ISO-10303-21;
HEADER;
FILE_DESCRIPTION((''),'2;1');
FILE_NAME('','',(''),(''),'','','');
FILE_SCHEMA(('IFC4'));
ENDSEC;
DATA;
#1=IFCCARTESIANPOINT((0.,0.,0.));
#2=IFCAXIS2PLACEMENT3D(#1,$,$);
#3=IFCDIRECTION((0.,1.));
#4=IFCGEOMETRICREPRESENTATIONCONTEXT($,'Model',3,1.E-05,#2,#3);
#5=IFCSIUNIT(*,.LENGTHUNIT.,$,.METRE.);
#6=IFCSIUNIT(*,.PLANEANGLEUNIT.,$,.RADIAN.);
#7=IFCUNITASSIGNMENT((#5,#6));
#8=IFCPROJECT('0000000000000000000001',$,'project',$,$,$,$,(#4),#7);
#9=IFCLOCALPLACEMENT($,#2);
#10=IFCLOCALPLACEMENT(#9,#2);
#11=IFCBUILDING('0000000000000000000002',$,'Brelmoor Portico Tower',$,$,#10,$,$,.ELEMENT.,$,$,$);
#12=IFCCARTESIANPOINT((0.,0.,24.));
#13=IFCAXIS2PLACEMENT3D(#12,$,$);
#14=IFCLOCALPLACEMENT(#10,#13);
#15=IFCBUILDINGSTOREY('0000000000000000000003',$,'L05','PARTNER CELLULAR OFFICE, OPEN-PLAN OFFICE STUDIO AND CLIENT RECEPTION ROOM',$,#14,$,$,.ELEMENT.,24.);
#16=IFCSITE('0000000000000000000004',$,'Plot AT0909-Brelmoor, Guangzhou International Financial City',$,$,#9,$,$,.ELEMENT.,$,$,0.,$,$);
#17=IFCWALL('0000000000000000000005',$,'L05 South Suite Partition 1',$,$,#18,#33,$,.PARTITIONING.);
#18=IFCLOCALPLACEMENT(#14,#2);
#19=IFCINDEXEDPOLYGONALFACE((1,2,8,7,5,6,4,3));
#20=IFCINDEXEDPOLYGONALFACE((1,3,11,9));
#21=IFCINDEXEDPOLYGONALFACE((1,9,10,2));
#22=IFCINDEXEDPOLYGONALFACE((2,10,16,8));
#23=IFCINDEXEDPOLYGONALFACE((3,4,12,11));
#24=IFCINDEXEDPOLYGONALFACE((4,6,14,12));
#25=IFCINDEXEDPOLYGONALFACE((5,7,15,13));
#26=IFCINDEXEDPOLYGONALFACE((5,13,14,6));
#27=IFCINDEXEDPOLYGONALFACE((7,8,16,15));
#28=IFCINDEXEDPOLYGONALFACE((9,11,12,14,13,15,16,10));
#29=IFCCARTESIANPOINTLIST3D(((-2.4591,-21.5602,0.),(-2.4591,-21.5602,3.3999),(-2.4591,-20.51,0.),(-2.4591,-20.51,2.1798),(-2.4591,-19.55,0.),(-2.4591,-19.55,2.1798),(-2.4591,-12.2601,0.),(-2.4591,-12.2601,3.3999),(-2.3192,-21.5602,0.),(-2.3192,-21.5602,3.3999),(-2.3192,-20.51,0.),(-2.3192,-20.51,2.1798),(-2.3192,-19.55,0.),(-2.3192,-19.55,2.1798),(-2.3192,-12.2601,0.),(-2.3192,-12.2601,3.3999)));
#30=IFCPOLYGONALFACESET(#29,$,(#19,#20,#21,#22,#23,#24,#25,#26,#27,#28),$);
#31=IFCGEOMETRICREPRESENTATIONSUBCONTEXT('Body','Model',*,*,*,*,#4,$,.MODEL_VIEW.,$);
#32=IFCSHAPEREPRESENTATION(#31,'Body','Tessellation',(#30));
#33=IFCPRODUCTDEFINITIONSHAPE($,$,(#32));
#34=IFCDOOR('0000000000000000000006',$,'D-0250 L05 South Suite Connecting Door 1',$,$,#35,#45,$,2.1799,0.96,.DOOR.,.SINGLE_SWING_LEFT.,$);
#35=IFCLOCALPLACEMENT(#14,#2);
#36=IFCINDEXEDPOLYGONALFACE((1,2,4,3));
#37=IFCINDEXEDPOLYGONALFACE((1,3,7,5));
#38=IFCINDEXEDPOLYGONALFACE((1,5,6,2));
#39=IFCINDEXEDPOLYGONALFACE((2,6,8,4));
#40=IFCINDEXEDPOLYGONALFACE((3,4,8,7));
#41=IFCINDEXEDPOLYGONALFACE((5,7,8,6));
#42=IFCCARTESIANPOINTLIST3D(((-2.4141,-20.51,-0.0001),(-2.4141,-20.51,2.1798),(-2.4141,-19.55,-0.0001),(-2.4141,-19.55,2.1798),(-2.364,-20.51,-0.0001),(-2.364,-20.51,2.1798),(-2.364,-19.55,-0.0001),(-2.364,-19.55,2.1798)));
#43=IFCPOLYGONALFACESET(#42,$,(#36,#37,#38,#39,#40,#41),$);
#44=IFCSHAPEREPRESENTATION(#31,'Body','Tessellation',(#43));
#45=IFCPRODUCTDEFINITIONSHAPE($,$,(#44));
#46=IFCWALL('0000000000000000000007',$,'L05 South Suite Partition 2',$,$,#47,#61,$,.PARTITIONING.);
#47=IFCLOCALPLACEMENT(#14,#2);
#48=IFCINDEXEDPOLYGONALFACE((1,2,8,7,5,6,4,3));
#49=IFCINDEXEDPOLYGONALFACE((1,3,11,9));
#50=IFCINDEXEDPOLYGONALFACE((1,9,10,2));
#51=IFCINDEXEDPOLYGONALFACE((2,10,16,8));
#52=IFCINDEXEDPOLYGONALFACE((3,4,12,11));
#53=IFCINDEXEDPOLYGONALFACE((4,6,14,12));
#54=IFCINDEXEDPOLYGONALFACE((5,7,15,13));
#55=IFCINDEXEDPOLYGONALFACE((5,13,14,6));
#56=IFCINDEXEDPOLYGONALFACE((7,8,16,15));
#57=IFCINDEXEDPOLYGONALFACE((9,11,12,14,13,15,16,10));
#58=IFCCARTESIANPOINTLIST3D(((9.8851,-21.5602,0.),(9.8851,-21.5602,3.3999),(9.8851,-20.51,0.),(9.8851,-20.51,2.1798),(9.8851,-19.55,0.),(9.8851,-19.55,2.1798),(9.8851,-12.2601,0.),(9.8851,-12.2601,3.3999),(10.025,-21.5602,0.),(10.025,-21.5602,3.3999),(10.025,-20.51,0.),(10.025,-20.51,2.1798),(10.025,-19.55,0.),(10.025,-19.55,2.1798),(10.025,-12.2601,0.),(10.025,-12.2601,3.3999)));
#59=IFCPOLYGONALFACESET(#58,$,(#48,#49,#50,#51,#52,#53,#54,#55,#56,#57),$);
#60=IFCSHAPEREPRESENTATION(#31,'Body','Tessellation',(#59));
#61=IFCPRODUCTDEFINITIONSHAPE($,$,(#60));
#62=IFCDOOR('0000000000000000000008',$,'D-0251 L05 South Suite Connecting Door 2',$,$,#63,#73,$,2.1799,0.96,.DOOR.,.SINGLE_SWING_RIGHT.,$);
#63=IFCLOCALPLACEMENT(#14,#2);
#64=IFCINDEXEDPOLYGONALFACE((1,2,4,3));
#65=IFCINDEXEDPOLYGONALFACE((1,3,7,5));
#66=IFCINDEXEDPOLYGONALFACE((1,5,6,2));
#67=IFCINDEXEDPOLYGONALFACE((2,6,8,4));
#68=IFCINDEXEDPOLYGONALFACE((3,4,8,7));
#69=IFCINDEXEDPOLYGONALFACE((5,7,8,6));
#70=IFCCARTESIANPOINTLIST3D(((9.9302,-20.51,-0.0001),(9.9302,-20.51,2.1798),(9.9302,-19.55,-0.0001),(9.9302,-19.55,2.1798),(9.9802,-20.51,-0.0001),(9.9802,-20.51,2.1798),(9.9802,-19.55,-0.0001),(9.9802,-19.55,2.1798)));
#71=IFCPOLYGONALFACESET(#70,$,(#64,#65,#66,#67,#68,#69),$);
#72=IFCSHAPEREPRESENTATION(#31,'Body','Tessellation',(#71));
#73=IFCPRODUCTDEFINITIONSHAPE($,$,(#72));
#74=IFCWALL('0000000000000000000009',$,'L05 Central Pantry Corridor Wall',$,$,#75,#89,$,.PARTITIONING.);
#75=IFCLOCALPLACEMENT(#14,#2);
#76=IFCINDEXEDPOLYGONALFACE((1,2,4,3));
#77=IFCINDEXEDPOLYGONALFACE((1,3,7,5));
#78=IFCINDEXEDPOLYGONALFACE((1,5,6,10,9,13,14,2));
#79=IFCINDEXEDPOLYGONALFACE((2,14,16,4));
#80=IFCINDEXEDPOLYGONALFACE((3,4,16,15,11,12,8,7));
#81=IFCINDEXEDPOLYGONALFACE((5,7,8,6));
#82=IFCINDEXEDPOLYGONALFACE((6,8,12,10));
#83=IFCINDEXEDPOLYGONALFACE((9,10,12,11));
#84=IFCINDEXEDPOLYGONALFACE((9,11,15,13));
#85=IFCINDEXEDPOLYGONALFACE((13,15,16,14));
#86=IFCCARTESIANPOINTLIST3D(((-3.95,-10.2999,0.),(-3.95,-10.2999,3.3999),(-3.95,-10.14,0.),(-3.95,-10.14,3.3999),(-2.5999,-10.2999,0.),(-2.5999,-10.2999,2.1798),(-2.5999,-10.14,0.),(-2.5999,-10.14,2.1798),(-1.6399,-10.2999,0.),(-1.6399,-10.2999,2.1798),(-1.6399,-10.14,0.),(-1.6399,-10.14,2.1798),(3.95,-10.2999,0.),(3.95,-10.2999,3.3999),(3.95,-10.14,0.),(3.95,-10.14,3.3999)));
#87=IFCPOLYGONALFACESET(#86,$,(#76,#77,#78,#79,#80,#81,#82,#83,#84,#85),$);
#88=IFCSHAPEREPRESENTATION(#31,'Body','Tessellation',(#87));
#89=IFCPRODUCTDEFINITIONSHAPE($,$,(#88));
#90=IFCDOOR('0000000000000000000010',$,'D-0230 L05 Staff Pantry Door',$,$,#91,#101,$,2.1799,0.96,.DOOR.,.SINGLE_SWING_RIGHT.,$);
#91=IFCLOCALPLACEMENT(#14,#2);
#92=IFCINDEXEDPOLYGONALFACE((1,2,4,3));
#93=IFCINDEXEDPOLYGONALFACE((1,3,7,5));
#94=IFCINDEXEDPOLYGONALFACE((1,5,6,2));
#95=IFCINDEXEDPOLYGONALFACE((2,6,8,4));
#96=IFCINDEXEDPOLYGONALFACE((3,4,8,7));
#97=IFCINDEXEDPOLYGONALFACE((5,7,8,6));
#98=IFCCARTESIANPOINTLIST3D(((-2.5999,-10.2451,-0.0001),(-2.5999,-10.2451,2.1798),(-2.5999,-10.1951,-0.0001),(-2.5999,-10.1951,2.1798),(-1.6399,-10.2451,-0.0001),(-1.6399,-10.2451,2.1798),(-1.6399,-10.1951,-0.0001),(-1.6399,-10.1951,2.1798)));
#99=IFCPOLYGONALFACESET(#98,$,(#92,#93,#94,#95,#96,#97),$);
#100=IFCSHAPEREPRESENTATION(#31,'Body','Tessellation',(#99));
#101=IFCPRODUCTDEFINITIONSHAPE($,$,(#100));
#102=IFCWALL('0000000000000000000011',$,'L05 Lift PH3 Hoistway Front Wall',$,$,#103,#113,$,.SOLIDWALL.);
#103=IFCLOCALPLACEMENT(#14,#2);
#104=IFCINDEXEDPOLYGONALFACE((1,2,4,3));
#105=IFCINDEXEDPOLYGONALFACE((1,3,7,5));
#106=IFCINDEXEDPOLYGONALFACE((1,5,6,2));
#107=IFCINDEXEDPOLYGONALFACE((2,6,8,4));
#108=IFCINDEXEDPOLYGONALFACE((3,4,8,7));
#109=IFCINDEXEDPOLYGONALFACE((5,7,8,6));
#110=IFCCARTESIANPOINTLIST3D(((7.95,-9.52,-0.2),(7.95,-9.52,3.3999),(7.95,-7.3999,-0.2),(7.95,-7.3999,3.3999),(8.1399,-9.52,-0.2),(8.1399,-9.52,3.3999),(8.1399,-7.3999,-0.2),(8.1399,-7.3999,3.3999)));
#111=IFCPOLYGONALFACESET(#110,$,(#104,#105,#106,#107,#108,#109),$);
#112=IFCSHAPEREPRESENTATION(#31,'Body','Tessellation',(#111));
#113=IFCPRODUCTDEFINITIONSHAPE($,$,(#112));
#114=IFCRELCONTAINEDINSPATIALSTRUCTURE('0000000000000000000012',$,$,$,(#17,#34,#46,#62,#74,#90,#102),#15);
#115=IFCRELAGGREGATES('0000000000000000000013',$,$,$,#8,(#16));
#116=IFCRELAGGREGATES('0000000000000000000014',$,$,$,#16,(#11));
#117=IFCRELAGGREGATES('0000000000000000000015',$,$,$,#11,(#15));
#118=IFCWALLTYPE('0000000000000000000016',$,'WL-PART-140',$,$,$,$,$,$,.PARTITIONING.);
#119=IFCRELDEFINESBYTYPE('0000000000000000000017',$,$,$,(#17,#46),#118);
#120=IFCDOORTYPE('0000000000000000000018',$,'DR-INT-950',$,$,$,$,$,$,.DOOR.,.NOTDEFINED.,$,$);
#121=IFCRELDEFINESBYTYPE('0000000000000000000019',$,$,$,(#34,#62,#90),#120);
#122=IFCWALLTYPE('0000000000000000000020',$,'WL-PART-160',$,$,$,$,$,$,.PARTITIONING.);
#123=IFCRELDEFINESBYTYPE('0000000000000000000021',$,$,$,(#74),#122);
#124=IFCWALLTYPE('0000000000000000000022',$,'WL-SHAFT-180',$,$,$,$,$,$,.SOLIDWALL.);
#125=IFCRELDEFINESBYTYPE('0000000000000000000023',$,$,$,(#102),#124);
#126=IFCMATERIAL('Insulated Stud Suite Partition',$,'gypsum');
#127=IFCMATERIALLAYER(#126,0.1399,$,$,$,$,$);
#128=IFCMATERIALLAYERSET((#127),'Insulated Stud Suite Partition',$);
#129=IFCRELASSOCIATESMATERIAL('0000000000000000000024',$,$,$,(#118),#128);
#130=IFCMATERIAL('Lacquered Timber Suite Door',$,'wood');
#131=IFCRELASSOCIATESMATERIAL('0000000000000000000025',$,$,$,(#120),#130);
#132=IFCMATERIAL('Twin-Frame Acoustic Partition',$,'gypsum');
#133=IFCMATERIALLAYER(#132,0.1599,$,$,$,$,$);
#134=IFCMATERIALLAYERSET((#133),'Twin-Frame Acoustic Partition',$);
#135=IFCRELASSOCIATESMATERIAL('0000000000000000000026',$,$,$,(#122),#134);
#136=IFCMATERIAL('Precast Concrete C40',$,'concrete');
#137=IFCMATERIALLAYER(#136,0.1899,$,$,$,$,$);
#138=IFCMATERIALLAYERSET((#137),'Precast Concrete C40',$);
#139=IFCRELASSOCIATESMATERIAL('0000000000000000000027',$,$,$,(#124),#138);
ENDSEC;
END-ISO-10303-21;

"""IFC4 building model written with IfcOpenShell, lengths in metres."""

from ifc_helpers import new_model, si_unit, direction, frame, frame_2d, origin, place, context, subcontext, project, spatial, rectangle, extrude, material, layer, layer_set, type_object, element, fill, save


model = new_model("IFC4")

# Units and contexts
model_context = context("Model", 3, precision=1e-05, world=origin(), true_north=direction((0.0, 1.0)))
body_context = subcontext(model_context, "Body", "Model", "MODEL_VIEW")
ifc_project = project(units=[si_unit("LENGTHUNIT", "METRE"), si_unit("PLANEANGLEUNIT", "RADIAN")], contexts=[model_context])

# Site, building, storey
site_placement = place(None, origin())
site = spatial("IfcSite", under=ifc_project, at=site_placement, Name="Plot AT0909-Brelmoor, Guangzhou International Financial City", CompositionType="ELEMENT", RefElevation=0.0)
building_placement = place(site_placement, origin())
building = spatial("IfcBuilding", under=site, at=building_placement, Name="Brelmoor Portico Tower", CompositionType="ELEMENT")
storey_placement = place(building_placement, frame((0.0, 0.0, 24.0)))
storey = spatial("IfcBuildingStorey", under=building, at=storey_placement, Name="L05", Description="PARTNER CELLULAR OFFICE, OPEN-PLAN OFFICE STUDIO AND CLIENT RECEPTION ROOM", CompositionType="ELEMENT", Elevation=24.0)

# Shared definitions
ifc_material_1 = material(Name="Insulated Stud Suite Partition", Category="gypsum")
ifc_layer_1 = layer(ifc_material_1, 0.1399)
ifc_layer_set_1 = layer_set([ifc_layer_1], Name="Insulated Stud Suite Partition")
wall_type_1 = type_object("IfcWallType", Name="WL-PART-140", PredefinedType="PARTITIONING", material=ifc_layer_set_1)

# Walls, openings, doors
wall_1_placement = place(storey_placement, frame((-2.3892, -21.5601, 0.0), z_axis=(0.0, 0.0, 1.0), x_axis=(0.0, 1.0, 0.0)))
wall_1 = element("IfcWall", 1, at=wall_1_placement, inside=storey, type_object=wall_type_1, Name="L05 South Suite Partition 1", PredefinedType="PARTITIONING", context=body_context, shape_type="SweptSolid", body=[
    extrude(rectangle(XDim=9.3, YDim=0.1399, at=frame_2d((4.6499, 0.0))), origin(), (0.0, 0.0, 1.0), 3.3999),
])
opening_1_placement = place(wall_1_placement, frame((1.05, 0.0, 0.0)))
opening_1 = element("IfcOpeningElement", 2, at=opening_1_placement, cuts=wall_1, PredefinedType="OPENING", context=body_context, shape_type="SweptSolid", body=[
    extrude(rectangle(XDim=0.96, YDim=2.1799, at=frame_2d((0.48, 1.0898))), frame((0.0, 0.0798, 0.0), z_axis=(0.0, -1.0, 0.0), x_axis=(1.0, 0.0, 0.0)), (0.0, 0.0, 1.0), 0.1599),
])
ifc_material_2 = material(Name="Lacquered Timber Suite Door", Category="wood")
door_type = type_object("IfcDoorType", Name="DR-INT-950", OperationType="NOTDEFINED", PredefinedType="DOOR", material=ifc_material_2)
door_1_placement = place(opening_1_placement, origin())
door_1 = element("IfcDoor", 3, at=door_1_placement, inside=storey, type_object=door_type, Name="D-0250 L05 South Suite Connecting Door 1", OperationType="SINGLE_SWING_LEFT", OverallHeight=2.1799, OverallWidth=0.96, PredefinedType="DOOR", context=body_context, shape_type="SweptSolid", body=[
    extrude(rectangle(XDim=0.96, YDim=2.1799, at=frame_2d((0.48, 1.0898))), frame((0.0, 0.0249, 0.0), z_axis=(0.0, -1.0, 0.0), x_axis=(1.0, 0.0, 0.0)), (0.0, 0.0, 1.0), 0.05),
])
fill(opening_1, door_1)
wall_2_placement = place(storey_placement, frame((9.9551, -21.5601, 0.0), z_axis=(0.0, 0.0, 1.0), x_axis=(0.0, 1.0, 0.0)))
wall_2 = element("IfcWall", 4, at=wall_2_placement, inside=storey, type_object=wall_type_1, Name="L05 South Suite Partition 2", PredefinedType="PARTITIONING", context=body_context, shape_type="SweptSolid", body=[
    extrude(rectangle(XDim=9.3, YDim=0.1399, at=frame_2d((4.6499, 0.0))), origin(), (0.0, 0.0, 1.0), 3.3999),
])
opening_2_placement = place(wall_2_placement, frame((1.05, 0.0, 0.0)))
opening_2 = element("IfcOpeningElement", 5, at=opening_2_placement, cuts=wall_2, PredefinedType="OPENING", context=body_context, shape_type="SweptSolid", body=[
    extrude(rectangle(XDim=0.96, YDim=2.1799, at=frame_2d((0.48, 1.0898))), frame((0.0, 0.0798, 0.0), z_axis=(0.0, -1.0, 0.0), x_axis=(1.0, 0.0, 0.0)), (0.0, 0.0, 1.0), 0.1599),
])
door_2_placement = place(opening_2_placement, origin())
door_2 = element("IfcDoor", 6, at=door_2_placement, inside=storey, type_object=door_type, Name="D-0251 L05 South Suite Connecting Door 2", OperationType="SINGLE_SWING_RIGHT", OverallHeight=2.1799, OverallWidth=0.96, PredefinedType="DOOR", context=body_context, shape_type="SweptSolid", body=[
    extrude(rectangle(XDim=0.96, YDim=2.1799, at=frame_2d((0.48, 1.0898))), frame((0.0, 0.0249, 0.0), z_axis=(0.0, -1.0, 0.0), x_axis=(1.0, 0.0, 0.0)), (0.0, 0.0, 1.0), 0.05),
])
fill(opening_2, door_2)
ifc_material_3 = material(Name="Twin-Frame Acoustic Partition", Category="gypsum")
ifc_layer_2 = layer(ifc_material_3, 0.1599)
ifc_layer_set_2 = layer_set([ifc_layer_2], Name="Twin-Frame Acoustic Partition")
wall_type_2 = type_object("IfcWallType", Name="WL-PART-160", PredefinedType="PARTITIONING", material=ifc_layer_set_2)
wall_3_placement = place(storey_placement, frame((-3.95, -10.22, 0.0), z_axis=(0.0, 0.0, 1.0), x_axis=(1.0, 0.0, 0.0)))
wall_3 = element("IfcWall", 7, at=wall_3_placement, inside=storey, type_object=wall_type_2, Name="L05 Central Pantry Corridor Wall", PredefinedType="PARTITIONING", context=body_context, shape_type="SweptSolid", body=[
    extrude(rectangle(XDim=7.8999, YDim=0.1599, at=frame_2d((3.95, 0.0))), origin(), (0.0, 0.0, 1.0), 3.3999),
])
opening_3_placement = place(wall_3_placement, frame((1.3501, 0.0, 0.0)))
opening_3 = element("IfcOpeningElement", 8, at=opening_3_placement, cuts=wall_3, PredefinedType="OPENING", context=body_context, shape_type="SweptSolid", body=[
    extrude(rectangle(XDim=0.96, YDim=2.1799, at=frame_2d((0.48, 1.0898))), frame((0.0, 0.0898, 0.0), z_axis=(0.0, -1.0, 0.0), x_axis=(1.0, 0.0, 0.0)), (0.0, 0.0, 1.0), 0.1799),
])
door_3_placement = place(opening_3_placement, origin())
door_3 = element("IfcDoor", 9, at=door_3_placement, inside=storey, type_object=door_type, Name="D-0230 L05 Staff Pantry Door", OperationType="SINGLE_SWING_RIGHT", OverallHeight=2.1799, OverallWidth=0.96, PredefinedType="DOOR", context=body_context, shape_type="SweptSolid", body=[
    extrude(rectangle(XDim=0.96, YDim=2.1799, at=frame_2d((0.48, 1.0898))), frame((0.0, 0.0249, 0.0), z_axis=(0.0, -1.0, 0.0), x_axis=(1.0, 0.0, 0.0)), (0.0, 0.0, 1.0), 0.05),
])
fill(opening_3, door_3)

# Wall
ifc_material_4 = material(Name="Precast Concrete C40", Category="concrete")
ifc_layer_3 = layer(ifc_material_4, 0.1899)
ifc_layer_set_3 = layer_set([ifc_layer_3], Name="Precast Concrete C40")
wall_type_3 = type_object("IfcWallType", Name="WL-SHAFT-180", PredefinedType="SOLIDWALL", material=ifc_layer_set_3)
wall_4_placement = place(storey_placement, frame((8.0449, -9.52, -0.2), z_axis=(0.0, 0.0, 1.0), x_axis=(0.0, 1.0, 0.0)))
element("IfcWall", 10, at=wall_4_placement, inside=storey, type_object=wall_type_3, Name="L05 Lift PH3 Hoistway Front Wall", PredefinedType="SOLIDWALL", context=body_context, shape_type="SweptSolid", body=[
    extrude(rectangle(XDim=2.1201, YDim=0.1899, at=frame_2d((1.0601, 0.0))), origin(), (0.0, 0.0, 1.0), 3.5999),
])

save(model, "model.ifc")
